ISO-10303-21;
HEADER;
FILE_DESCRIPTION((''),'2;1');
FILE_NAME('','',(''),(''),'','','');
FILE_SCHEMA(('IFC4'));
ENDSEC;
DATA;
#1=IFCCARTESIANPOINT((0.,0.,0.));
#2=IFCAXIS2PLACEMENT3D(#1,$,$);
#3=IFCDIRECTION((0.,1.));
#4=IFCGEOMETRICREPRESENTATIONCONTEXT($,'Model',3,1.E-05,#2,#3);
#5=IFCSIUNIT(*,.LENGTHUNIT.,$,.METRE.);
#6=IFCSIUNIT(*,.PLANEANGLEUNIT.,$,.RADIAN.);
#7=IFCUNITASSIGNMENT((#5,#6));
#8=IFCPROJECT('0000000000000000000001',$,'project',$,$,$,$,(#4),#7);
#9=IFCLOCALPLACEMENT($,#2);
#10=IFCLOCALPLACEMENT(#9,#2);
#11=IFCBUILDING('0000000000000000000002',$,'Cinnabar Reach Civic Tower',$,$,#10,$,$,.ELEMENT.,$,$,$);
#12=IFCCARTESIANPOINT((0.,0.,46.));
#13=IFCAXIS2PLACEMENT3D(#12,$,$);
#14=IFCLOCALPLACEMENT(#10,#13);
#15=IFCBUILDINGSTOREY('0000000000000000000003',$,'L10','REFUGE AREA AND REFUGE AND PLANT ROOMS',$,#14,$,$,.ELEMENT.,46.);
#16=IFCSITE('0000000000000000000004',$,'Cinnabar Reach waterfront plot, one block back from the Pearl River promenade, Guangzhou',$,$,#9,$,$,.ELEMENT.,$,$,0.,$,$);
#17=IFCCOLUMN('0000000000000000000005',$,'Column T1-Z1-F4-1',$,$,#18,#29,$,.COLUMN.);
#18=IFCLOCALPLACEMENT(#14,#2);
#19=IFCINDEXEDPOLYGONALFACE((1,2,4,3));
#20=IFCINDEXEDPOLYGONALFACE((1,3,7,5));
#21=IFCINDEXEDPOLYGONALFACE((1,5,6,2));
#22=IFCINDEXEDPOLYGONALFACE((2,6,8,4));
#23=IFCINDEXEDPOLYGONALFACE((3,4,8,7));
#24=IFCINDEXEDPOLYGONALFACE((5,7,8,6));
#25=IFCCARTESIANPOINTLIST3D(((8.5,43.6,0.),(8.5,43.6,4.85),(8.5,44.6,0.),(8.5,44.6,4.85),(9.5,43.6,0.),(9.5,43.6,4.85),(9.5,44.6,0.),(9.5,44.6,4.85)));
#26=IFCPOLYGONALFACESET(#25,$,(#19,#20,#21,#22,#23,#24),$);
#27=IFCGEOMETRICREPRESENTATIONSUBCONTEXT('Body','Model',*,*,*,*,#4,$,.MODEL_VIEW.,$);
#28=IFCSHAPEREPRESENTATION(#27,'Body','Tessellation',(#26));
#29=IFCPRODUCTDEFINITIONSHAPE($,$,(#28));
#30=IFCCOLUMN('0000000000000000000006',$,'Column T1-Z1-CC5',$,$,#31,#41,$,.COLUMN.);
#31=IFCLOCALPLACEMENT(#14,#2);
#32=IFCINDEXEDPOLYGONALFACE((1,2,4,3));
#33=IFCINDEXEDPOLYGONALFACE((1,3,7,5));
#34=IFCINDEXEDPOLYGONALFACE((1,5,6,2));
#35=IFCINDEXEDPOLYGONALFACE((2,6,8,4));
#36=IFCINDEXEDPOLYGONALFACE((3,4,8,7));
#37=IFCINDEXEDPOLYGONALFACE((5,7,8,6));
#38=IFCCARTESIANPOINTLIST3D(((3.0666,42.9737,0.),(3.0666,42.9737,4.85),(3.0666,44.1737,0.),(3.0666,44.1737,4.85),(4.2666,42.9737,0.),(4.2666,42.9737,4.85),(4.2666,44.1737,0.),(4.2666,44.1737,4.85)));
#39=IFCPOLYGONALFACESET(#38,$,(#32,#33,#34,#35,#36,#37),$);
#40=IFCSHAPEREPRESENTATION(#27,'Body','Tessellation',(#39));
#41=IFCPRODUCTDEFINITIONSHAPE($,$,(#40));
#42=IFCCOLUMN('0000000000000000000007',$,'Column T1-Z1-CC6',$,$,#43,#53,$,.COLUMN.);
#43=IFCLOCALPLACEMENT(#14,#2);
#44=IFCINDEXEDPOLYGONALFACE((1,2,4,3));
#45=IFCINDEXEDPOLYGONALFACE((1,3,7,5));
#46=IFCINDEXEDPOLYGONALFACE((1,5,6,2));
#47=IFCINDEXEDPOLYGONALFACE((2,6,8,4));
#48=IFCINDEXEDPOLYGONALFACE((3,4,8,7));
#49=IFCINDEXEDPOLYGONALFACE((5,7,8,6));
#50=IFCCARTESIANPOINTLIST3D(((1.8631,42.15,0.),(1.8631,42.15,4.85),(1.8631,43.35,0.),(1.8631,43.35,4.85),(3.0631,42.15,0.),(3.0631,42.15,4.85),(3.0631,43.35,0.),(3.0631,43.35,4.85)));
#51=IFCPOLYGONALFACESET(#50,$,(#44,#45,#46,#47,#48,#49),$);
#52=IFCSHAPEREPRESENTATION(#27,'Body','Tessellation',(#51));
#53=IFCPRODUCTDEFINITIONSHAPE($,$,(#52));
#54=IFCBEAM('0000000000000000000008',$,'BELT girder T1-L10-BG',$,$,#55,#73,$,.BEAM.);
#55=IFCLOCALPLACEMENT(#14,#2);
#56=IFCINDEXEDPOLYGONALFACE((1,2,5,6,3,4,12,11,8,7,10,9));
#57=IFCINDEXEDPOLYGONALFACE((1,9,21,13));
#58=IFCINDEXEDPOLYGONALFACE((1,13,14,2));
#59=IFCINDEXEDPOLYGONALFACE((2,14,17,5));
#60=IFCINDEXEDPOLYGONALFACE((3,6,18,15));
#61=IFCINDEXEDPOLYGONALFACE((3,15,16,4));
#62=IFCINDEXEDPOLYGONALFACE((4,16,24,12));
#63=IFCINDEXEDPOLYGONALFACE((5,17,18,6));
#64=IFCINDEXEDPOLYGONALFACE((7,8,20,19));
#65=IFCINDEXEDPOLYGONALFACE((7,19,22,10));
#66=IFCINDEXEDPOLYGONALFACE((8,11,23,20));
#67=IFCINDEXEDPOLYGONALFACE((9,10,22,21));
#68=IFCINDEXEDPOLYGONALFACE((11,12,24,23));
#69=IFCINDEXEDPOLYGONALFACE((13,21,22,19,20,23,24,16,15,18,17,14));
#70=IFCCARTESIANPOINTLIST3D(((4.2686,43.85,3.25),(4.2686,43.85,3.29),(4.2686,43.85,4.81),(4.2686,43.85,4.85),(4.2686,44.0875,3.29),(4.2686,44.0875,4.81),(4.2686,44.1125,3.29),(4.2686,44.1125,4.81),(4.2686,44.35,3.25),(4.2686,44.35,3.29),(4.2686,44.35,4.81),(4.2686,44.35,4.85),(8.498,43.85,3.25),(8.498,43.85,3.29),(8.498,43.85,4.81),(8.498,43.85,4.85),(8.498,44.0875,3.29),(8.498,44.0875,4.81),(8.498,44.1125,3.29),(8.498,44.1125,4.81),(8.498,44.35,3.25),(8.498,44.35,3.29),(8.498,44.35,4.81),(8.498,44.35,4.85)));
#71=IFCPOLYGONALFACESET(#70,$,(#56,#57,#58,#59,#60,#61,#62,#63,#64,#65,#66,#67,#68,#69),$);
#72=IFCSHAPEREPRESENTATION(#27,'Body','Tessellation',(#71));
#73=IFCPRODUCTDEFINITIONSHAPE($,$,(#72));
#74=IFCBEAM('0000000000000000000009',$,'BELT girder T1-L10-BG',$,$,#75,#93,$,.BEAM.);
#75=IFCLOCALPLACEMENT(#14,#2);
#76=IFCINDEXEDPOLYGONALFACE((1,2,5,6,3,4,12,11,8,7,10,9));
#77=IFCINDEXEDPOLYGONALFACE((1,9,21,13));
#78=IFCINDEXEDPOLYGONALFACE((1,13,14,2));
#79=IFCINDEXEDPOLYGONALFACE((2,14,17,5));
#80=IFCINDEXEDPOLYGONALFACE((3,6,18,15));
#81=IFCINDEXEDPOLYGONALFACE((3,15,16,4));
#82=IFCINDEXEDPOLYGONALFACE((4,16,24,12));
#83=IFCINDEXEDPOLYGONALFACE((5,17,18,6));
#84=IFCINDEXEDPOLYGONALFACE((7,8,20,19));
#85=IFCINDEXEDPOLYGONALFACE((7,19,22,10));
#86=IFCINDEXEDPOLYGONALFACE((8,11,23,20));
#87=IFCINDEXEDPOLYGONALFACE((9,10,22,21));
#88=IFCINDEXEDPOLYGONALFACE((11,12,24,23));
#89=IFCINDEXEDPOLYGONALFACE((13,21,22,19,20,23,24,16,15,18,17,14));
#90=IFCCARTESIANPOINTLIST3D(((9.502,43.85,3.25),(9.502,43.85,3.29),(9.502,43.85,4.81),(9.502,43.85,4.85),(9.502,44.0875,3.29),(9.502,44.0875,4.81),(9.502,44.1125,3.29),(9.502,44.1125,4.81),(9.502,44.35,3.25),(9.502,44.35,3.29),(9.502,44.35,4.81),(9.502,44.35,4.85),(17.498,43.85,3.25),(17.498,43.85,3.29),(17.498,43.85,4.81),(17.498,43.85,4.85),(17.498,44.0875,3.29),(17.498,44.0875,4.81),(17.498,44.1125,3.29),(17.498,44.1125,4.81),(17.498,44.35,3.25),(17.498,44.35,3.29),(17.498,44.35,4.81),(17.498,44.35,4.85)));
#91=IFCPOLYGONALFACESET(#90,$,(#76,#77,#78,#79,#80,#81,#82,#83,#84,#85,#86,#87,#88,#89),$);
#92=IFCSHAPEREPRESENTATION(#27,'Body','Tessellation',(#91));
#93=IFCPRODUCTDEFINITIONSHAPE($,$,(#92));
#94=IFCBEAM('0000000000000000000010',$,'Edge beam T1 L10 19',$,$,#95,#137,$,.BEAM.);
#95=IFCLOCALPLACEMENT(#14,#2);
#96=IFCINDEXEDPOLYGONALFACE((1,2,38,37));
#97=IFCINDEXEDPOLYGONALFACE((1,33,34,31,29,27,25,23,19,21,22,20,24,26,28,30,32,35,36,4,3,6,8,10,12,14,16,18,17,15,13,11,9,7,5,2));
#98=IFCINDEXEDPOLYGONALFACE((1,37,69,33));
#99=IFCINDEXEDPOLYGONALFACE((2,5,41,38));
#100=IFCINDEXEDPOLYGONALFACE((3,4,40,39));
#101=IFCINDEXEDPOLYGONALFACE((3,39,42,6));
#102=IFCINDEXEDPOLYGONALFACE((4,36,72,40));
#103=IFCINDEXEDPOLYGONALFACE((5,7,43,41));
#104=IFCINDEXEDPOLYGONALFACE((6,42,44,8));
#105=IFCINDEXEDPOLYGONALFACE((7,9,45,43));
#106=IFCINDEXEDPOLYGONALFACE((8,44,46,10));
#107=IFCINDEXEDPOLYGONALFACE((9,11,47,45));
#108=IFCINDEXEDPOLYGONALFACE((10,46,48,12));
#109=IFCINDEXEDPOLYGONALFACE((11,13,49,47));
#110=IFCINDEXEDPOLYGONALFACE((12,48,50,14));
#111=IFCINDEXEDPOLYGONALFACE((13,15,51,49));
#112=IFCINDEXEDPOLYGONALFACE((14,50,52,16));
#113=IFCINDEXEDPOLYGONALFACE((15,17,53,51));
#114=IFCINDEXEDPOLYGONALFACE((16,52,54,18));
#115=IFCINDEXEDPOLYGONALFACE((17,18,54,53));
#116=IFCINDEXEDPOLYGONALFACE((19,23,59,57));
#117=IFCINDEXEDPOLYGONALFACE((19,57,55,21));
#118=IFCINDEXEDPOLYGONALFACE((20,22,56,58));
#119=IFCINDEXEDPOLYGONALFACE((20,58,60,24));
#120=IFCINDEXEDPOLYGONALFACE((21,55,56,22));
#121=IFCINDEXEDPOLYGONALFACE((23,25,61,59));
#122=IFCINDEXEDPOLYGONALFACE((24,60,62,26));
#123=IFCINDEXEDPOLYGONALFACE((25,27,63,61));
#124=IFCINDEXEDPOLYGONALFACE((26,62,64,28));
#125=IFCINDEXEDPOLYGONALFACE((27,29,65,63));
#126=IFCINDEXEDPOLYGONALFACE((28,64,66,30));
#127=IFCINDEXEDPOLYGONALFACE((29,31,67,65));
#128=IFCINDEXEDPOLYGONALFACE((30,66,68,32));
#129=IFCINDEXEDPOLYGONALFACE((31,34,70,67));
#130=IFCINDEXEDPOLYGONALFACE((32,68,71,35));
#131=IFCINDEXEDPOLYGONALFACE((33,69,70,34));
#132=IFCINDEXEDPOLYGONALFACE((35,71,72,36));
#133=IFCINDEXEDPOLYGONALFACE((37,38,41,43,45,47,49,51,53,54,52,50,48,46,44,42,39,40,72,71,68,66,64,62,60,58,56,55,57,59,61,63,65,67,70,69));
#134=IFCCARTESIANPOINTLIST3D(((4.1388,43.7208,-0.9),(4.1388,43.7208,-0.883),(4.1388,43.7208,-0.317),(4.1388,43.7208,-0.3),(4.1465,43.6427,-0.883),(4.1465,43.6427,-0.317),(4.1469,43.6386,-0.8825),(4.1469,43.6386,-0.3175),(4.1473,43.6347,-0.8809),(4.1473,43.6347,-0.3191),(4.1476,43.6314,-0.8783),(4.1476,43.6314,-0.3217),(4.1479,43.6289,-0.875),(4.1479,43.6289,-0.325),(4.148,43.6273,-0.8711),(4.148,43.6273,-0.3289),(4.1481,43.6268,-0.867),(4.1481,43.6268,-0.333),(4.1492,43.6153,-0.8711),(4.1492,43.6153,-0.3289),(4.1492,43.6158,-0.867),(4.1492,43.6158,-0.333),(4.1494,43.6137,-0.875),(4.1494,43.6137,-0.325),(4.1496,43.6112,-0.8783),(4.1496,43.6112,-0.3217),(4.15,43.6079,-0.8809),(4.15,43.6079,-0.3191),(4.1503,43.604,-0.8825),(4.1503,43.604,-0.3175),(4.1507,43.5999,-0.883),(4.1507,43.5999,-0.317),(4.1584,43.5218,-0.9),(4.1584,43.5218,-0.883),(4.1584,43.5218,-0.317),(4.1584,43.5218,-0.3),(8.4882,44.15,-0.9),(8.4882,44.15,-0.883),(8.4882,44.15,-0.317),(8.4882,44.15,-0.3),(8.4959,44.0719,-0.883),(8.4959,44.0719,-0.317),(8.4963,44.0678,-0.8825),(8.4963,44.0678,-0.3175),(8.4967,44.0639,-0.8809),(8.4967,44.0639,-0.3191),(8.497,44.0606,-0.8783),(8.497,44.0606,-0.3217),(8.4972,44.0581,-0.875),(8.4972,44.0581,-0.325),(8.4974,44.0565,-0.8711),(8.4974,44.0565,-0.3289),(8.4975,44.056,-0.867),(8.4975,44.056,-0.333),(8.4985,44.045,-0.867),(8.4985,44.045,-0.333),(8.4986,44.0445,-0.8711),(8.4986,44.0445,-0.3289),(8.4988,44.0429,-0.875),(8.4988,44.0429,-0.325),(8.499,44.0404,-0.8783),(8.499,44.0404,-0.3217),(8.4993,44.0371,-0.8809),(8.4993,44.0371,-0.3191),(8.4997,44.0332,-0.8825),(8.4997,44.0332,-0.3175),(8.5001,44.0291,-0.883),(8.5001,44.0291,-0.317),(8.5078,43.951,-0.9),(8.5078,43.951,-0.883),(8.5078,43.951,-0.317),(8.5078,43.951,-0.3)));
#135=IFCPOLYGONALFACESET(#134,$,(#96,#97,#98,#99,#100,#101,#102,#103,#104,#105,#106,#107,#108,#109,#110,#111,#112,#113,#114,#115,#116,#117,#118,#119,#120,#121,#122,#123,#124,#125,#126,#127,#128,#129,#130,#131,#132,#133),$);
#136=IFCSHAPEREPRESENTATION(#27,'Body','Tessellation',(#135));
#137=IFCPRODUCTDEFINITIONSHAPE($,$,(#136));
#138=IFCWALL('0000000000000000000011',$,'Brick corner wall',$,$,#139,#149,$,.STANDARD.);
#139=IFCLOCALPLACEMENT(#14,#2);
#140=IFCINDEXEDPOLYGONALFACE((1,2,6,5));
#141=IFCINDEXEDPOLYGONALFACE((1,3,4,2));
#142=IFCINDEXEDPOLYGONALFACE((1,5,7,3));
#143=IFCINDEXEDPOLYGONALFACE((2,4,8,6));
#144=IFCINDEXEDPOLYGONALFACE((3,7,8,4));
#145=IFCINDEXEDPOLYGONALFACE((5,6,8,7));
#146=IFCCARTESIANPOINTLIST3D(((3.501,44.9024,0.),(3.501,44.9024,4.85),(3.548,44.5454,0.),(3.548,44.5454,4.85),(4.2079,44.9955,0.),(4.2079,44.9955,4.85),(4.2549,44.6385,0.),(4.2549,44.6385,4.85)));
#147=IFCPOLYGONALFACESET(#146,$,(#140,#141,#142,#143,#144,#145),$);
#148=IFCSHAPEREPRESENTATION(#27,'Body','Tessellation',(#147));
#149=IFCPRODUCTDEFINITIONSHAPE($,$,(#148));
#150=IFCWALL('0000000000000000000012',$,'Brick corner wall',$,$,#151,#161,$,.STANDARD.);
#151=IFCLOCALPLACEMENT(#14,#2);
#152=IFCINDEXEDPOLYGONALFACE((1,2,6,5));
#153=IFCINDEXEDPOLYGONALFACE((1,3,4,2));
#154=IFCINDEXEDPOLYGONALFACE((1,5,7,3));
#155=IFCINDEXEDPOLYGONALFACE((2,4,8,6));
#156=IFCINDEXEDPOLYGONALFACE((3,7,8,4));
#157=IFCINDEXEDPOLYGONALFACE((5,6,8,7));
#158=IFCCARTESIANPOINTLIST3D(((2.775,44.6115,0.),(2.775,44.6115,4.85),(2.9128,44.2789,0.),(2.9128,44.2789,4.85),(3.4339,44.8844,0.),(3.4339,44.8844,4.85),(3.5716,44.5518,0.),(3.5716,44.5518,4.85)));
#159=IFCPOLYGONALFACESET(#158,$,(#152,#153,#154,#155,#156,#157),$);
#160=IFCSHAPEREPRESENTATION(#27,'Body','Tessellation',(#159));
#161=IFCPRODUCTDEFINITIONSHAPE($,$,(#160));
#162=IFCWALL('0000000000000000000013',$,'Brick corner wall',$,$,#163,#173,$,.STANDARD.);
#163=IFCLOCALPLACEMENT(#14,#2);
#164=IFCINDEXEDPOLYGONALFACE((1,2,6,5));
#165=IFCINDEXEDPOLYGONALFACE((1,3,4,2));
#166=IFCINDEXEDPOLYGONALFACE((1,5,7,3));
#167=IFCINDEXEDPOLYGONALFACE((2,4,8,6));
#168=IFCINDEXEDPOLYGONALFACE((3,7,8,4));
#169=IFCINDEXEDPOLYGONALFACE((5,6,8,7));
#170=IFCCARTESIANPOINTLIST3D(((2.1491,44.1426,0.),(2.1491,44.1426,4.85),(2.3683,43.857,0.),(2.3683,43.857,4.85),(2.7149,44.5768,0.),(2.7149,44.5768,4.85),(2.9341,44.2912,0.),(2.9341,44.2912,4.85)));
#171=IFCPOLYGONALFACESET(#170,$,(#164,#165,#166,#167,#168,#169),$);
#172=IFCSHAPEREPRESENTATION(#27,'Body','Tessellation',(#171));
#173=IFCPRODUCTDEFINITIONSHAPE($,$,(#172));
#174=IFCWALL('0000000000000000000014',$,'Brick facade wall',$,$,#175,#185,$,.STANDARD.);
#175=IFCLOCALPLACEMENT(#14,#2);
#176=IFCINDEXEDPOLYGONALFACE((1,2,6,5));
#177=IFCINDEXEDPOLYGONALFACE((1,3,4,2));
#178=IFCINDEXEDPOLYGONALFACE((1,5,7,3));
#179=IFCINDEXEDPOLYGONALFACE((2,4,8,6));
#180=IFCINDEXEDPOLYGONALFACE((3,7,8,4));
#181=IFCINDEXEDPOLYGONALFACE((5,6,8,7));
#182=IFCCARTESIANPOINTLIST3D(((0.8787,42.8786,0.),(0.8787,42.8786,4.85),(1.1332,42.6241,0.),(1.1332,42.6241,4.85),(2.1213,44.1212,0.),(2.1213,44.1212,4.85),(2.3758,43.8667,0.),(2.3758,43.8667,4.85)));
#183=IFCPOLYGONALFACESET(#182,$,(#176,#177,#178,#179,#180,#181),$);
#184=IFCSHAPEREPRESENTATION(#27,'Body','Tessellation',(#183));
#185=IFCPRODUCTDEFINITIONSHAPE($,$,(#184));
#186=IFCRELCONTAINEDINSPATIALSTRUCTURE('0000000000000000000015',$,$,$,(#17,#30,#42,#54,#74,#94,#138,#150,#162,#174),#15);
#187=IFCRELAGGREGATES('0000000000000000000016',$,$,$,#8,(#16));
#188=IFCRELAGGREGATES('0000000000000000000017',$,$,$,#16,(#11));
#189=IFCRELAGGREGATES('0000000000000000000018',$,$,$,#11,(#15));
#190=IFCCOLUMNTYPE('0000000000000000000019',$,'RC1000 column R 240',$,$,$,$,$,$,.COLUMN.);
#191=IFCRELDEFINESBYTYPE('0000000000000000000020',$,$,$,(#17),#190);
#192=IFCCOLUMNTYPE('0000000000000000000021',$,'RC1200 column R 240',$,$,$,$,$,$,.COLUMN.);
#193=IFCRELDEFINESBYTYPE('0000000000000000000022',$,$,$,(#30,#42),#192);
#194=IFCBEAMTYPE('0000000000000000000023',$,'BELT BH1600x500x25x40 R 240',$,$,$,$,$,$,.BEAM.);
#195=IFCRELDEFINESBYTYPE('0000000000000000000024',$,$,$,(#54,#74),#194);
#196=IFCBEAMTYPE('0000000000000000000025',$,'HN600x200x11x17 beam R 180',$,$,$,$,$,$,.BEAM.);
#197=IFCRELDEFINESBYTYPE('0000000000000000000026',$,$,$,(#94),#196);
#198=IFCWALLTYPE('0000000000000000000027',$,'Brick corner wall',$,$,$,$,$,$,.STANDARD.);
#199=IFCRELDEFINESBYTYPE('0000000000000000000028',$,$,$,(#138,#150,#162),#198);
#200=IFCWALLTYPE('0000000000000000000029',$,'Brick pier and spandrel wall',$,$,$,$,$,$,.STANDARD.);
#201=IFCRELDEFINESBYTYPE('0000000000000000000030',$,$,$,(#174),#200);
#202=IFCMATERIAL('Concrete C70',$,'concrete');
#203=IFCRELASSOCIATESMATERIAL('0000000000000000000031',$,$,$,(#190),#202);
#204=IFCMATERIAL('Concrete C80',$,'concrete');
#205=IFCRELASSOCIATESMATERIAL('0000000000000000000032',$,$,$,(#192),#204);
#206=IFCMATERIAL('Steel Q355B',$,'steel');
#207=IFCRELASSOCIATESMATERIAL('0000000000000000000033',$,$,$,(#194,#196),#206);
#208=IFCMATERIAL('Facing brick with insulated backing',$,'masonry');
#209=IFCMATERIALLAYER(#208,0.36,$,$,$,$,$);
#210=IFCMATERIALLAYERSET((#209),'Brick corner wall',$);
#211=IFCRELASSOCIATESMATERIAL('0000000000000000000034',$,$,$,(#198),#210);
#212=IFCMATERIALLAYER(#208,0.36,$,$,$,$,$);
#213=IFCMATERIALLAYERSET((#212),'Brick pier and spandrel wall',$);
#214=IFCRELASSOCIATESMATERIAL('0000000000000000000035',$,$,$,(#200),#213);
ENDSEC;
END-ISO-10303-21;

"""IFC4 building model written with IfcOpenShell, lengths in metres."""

from ifc_helpers import new_model, si_unit, direction, frame, frame_2d, origin, origin_2d, place, context, subcontext, project, spatial, rectangle, i_section, extrude, material, layer, layer_set, material_profile, profile_set, type_object, element, save


model = new_model("IFC4")

# Units and contexts
model_context = context("Model", 3, precision=1e-05, world=origin(), true_north=direction((0.0, 1.0)))
body_context = subcontext(model_context, "Body", "Model", "MODEL_VIEW")
ifc_project = project(units=[si_unit("LENGTHUNIT", "METRE"), si_unit("PLANEANGLEUNIT", "RADIAN")], contexts=[model_context])

# Site, building, storey
site_placement = place(None, origin())
site = spatial("IfcSite", under=ifc_project, at=site_placement, Name="Cinnabar Reach waterfront plot, one block back from the Pearl River promenade, Guangzhou", CompositionType="ELEMENT", RefElevation=0.0)
building_placement = place(site_placement, origin())
building = spatial("IfcBuilding", under=site, at=building_placement, Name="Cinnabar Reach Civic Tower", CompositionType="ELEMENT")
storey_placement = place(building_placement, frame((0.0, 0.0, 46.0)))
storey = spatial("IfcBuildingStorey", under=building, at=storey_placement, Name="L10", Description="REFUGE AREA AND REFUGE AND PLANT ROOMS", CompositionType="ELEMENT", Elevation=46.0)

# Columns
ifc_material_1 = material(Name="Concrete C70", Category="concrete")
ifc_material_profile_1 = material_profile(ifc_material_1, rectangle(XDim=1.0, YDim=1.0, at=origin_2d()), Name="RC1000")
ifc_profile_set_1 = profile_set([ifc_material_profile_1], Name="Concrete C70")
column_type_1 = type_object("IfcColumnType", Name="RC1000 column R 240", PredefinedType="COLUMN", material=ifc_profile_set_1)
column_placement = place(storey_placement, frame((9.0, 44.1, 0.0), z_axis=(0.0, 0.0, 1.0), x_axis=(1.0, 0.0, 0.0)))
element("IfcColumn", 1, at=column_placement, inside=storey, type_object=column_type_1, Name="Column T1-Z1-F4-1", PredefinedType="COLUMN", context=body_context, shape_type="SweptSolid", body=[
    extrude(rectangle(XDim=1.0, YDim=1.0, at=origin_2d()), origin(), (0.0, 0.0, 1.0), 4.85),
])
ifc_material_2 = material(Name="Concrete C80", Category="concrete")
ifc_material_profile_2 = material_profile(ifc_material_2, rectangle(XDim=1.2, YDim=1.2, at=origin_2d()), Name="RC1200")
ifc_profile_set_2 = profile_set([ifc_material_profile_2], Name="Concrete C80")
column_type_2 = type_object("IfcColumnType", Name="RC1200 column R 240", PredefinedType="COLUMN", material=ifc_profile_set_2)
for number, where, z_axis, x_axis, name in (
    (2, (3.6666, 43.5737, 0.0), (0.0, 0.0, 1.0), (1.0, 0.0, 0.0), "Column T1-Z1-CC5"),
    (3, (2.4631, 42.75, 0.0), (0.0, 0.0, 1.0), (1.0, 0.0, 0.0), "Column T1-Z1-CC6"),
):
    element("IfcColumn", number, at=place(storey_placement, frame(where, z_axis=z_axis, x_axis=x_axis)), inside=storey, type_object=column_type_2, Name=name, PredefinedType="COLUMN", context=body_context, shape_type="SweptSolid", body=[
        extrude(rectangle(XDim=1.2, YDim=1.2, at=origin_2d()), origin(), (0.0, 0.0, 1.0), 4.85),
    ])

# Beams
ifc_material_3 = material(Name="Steel Q355B", Category="steel")
ifc_material_profile_3 = material_profile(ifc_material_3, i_section(OverallWidth=0.5, OverallDepth=1.6, WebThickness=0.025, FlangeThickness=0.04, at=origin_2d()), Name="BH1600x500x25x40")
ifc_profile_set_3 = profile_set([ifc_material_profile_3], Name="Steel Q355B")
beam_type_1 = type_object("IfcBeamType", Name="BELT BH1600x500x25x40 R 240", PredefinedType="BEAM", material=ifc_profile_set_3)
beam_1_placement = place(storey_placement, frame((4.2686, 44.1, 4.05), z_axis=(1.0, 0.0, 0.0), x_axis=(0.0, 1.0, 0.0)))
element("IfcBeam", 4, at=beam_1_placement, inside=storey, type_object=beam_type_1, Name="BELT girder T1-L10-BG", PredefinedType="BEAM", context=body_context, shape_type="SweptSolid", body=[
    extrude(i_section(OverallWidth=0.5, OverallDepth=1.6, WebThickness=0.025, FlangeThickness=0.04, at=origin_2d()), origin(), (0.0, 0.0, 1.0), 4.2294),
])
beam_2_placement = place(storey_placement, frame((9.502, 44.1, 4.05), z_axis=(1.0, 0.0, 0.0), x_axis=(0.0, 1.0, 0.0)))
element("IfcBeam", 5, at=beam_2_placement, inside=storey, type_object=beam_type_1, Name="BELT girder T1-L10-BG", PredefinedType="BEAM", context=body_context, shape_type="SweptSolid", body=[
    extrude(i_section(OverallWidth=0.5, OverallDepth=1.6, WebThickness=0.025, FlangeThickness=0.04, at=origin_2d()), origin(), (0.0, 0.0, 1.0), 7.996),
])
ifc_material_profile_4 = material_profile(ifc_material_3, i_section(OverallWidth=0.2, OverallDepth=0.6, WebThickness=0.011, FlangeThickness=0.017, FilletRadius=0.016, at=origin_2d()), Name="HN600x200x11x17")
ifc_profile_set_4 = profile_set([ifc_material_profile_4], Name="Steel Q355B")
beam_type_2 = type_object("IfcBeamType", Name="HN600x200x11x17 beam R 180", PredefinedType="BEAM", material=ifc_profile_set_4)
beam_3_placement = place(storey_placement, frame((8.498, 44.0505, -0.6), z_axis=(-0.995166, -0.098203, 0.0), x_axis=(0.098203, -0.995166, 0.0)))
element("IfcBeam", 6, at=beam_3_placement, inside=storey, type_object=beam_type_2, Name="Edge beam T1 L10 19", PredefinedType="BEAM", context=body_context, shape_type="SweptSolid", body=[
    extrude(i_section(OverallWidth=0.2, OverallDepth=0.6, WebThickness=0.011, FlangeThickness=0.017, FilletRadius=0.016, at=origin_2d()), origin(), (0.0, 0.0, 1.0), 4.3705),
])

# Walls
ifc_material_4 = material(Name="Facing brick with insulated backing", Category="masonry")
ifc_layer_1 = layer(ifc_material_4, 0.36)
ifc_layer_set_1 = layer_set([ifc_layer_1], Name="Brick corner wall")
wall_type_1 = type_object("IfcWallType", Name="Brick corner wall", PredefinedType="STANDARD", material=ifc_layer_set_1)
for number, where, z_axis, x_axis, name in (
    (7, (4.2314, 44.817, 0.0), (0.0, 0.0, 1.0), (-0.991441, -0.130556, 0.0), "Brick corner wall"),
    (8, (3.5027, 44.7181, 0.0), (0.0, 0.0, 1.0), (-0.923872, -0.382703, 0.0), "Brick corner wall"),
):
    element("IfcWall", number, at=place(storey_placement, frame(where, z_axis=z_axis, x_axis=x_axis)), inside=storey, type_object=wall_type_1, Name=name, PredefinedType="STANDARD", context=body_context, shape_type="SweptSolid", body=[
        extrude(rectangle(XDim=0.7131, YDim=0.36, at=frame_2d((0.3565, 0.0))), origin(), (0.0, 0.0, 1.0), 4.85),
    ])
wall_1_placement = place(storey_placement, frame((2.8245, 44.434, 0.0), z_axis=(0.0, 0.0, 1.0), x_axis=(-0.793322, -0.608802, 0.0)))
element("IfcWall", 9, at=wall_1_placement, inside=storey, type_object=wall_type_1, Name="Brick corner wall", PredefinedType="STANDARD", context=body_context, shape_type="SweptSolid", body=[
    extrude(rectangle(XDim=0.7132, YDim=0.36, at=frame_2d((0.3566, 0.0))), origin(), (0.0, 0.0, 1.0), 4.85),
])
ifc_layer_2 = layer(ifc_material_4, 0.36)
ifc_layer_set_2 = layer_set([ifc_layer_2], Name="Brick pier and spandrel wall")
wall_type_2 = type_object("IfcWallType", Name="Brick pier and spandrel wall", PredefinedType="STANDARD", material=ifc_layer_set_2)
wall_2_placement = place(storey_placement, frame((2.2486, 43.994, 0.0), z_axis=(0.0, 0.0, 1.0), x_axis=(-0.707107, -0.707107, 0.0)))
element("IfcWall", 10, at=wall_2_placement, inside=storey, type_object=wall_type_2, Name="Brick facade wall", PredefinedType="STANDARD", context=body_context, shape_type="SweptSolid", body=[
    extrude(rectangle(XDim=1.7573, YDim=0.36, at=frame_2d((0.8787, 0.0))), origin(), (0.0, 0.0, 1.0), 4.85),
])

save(model, "model.ifc")
